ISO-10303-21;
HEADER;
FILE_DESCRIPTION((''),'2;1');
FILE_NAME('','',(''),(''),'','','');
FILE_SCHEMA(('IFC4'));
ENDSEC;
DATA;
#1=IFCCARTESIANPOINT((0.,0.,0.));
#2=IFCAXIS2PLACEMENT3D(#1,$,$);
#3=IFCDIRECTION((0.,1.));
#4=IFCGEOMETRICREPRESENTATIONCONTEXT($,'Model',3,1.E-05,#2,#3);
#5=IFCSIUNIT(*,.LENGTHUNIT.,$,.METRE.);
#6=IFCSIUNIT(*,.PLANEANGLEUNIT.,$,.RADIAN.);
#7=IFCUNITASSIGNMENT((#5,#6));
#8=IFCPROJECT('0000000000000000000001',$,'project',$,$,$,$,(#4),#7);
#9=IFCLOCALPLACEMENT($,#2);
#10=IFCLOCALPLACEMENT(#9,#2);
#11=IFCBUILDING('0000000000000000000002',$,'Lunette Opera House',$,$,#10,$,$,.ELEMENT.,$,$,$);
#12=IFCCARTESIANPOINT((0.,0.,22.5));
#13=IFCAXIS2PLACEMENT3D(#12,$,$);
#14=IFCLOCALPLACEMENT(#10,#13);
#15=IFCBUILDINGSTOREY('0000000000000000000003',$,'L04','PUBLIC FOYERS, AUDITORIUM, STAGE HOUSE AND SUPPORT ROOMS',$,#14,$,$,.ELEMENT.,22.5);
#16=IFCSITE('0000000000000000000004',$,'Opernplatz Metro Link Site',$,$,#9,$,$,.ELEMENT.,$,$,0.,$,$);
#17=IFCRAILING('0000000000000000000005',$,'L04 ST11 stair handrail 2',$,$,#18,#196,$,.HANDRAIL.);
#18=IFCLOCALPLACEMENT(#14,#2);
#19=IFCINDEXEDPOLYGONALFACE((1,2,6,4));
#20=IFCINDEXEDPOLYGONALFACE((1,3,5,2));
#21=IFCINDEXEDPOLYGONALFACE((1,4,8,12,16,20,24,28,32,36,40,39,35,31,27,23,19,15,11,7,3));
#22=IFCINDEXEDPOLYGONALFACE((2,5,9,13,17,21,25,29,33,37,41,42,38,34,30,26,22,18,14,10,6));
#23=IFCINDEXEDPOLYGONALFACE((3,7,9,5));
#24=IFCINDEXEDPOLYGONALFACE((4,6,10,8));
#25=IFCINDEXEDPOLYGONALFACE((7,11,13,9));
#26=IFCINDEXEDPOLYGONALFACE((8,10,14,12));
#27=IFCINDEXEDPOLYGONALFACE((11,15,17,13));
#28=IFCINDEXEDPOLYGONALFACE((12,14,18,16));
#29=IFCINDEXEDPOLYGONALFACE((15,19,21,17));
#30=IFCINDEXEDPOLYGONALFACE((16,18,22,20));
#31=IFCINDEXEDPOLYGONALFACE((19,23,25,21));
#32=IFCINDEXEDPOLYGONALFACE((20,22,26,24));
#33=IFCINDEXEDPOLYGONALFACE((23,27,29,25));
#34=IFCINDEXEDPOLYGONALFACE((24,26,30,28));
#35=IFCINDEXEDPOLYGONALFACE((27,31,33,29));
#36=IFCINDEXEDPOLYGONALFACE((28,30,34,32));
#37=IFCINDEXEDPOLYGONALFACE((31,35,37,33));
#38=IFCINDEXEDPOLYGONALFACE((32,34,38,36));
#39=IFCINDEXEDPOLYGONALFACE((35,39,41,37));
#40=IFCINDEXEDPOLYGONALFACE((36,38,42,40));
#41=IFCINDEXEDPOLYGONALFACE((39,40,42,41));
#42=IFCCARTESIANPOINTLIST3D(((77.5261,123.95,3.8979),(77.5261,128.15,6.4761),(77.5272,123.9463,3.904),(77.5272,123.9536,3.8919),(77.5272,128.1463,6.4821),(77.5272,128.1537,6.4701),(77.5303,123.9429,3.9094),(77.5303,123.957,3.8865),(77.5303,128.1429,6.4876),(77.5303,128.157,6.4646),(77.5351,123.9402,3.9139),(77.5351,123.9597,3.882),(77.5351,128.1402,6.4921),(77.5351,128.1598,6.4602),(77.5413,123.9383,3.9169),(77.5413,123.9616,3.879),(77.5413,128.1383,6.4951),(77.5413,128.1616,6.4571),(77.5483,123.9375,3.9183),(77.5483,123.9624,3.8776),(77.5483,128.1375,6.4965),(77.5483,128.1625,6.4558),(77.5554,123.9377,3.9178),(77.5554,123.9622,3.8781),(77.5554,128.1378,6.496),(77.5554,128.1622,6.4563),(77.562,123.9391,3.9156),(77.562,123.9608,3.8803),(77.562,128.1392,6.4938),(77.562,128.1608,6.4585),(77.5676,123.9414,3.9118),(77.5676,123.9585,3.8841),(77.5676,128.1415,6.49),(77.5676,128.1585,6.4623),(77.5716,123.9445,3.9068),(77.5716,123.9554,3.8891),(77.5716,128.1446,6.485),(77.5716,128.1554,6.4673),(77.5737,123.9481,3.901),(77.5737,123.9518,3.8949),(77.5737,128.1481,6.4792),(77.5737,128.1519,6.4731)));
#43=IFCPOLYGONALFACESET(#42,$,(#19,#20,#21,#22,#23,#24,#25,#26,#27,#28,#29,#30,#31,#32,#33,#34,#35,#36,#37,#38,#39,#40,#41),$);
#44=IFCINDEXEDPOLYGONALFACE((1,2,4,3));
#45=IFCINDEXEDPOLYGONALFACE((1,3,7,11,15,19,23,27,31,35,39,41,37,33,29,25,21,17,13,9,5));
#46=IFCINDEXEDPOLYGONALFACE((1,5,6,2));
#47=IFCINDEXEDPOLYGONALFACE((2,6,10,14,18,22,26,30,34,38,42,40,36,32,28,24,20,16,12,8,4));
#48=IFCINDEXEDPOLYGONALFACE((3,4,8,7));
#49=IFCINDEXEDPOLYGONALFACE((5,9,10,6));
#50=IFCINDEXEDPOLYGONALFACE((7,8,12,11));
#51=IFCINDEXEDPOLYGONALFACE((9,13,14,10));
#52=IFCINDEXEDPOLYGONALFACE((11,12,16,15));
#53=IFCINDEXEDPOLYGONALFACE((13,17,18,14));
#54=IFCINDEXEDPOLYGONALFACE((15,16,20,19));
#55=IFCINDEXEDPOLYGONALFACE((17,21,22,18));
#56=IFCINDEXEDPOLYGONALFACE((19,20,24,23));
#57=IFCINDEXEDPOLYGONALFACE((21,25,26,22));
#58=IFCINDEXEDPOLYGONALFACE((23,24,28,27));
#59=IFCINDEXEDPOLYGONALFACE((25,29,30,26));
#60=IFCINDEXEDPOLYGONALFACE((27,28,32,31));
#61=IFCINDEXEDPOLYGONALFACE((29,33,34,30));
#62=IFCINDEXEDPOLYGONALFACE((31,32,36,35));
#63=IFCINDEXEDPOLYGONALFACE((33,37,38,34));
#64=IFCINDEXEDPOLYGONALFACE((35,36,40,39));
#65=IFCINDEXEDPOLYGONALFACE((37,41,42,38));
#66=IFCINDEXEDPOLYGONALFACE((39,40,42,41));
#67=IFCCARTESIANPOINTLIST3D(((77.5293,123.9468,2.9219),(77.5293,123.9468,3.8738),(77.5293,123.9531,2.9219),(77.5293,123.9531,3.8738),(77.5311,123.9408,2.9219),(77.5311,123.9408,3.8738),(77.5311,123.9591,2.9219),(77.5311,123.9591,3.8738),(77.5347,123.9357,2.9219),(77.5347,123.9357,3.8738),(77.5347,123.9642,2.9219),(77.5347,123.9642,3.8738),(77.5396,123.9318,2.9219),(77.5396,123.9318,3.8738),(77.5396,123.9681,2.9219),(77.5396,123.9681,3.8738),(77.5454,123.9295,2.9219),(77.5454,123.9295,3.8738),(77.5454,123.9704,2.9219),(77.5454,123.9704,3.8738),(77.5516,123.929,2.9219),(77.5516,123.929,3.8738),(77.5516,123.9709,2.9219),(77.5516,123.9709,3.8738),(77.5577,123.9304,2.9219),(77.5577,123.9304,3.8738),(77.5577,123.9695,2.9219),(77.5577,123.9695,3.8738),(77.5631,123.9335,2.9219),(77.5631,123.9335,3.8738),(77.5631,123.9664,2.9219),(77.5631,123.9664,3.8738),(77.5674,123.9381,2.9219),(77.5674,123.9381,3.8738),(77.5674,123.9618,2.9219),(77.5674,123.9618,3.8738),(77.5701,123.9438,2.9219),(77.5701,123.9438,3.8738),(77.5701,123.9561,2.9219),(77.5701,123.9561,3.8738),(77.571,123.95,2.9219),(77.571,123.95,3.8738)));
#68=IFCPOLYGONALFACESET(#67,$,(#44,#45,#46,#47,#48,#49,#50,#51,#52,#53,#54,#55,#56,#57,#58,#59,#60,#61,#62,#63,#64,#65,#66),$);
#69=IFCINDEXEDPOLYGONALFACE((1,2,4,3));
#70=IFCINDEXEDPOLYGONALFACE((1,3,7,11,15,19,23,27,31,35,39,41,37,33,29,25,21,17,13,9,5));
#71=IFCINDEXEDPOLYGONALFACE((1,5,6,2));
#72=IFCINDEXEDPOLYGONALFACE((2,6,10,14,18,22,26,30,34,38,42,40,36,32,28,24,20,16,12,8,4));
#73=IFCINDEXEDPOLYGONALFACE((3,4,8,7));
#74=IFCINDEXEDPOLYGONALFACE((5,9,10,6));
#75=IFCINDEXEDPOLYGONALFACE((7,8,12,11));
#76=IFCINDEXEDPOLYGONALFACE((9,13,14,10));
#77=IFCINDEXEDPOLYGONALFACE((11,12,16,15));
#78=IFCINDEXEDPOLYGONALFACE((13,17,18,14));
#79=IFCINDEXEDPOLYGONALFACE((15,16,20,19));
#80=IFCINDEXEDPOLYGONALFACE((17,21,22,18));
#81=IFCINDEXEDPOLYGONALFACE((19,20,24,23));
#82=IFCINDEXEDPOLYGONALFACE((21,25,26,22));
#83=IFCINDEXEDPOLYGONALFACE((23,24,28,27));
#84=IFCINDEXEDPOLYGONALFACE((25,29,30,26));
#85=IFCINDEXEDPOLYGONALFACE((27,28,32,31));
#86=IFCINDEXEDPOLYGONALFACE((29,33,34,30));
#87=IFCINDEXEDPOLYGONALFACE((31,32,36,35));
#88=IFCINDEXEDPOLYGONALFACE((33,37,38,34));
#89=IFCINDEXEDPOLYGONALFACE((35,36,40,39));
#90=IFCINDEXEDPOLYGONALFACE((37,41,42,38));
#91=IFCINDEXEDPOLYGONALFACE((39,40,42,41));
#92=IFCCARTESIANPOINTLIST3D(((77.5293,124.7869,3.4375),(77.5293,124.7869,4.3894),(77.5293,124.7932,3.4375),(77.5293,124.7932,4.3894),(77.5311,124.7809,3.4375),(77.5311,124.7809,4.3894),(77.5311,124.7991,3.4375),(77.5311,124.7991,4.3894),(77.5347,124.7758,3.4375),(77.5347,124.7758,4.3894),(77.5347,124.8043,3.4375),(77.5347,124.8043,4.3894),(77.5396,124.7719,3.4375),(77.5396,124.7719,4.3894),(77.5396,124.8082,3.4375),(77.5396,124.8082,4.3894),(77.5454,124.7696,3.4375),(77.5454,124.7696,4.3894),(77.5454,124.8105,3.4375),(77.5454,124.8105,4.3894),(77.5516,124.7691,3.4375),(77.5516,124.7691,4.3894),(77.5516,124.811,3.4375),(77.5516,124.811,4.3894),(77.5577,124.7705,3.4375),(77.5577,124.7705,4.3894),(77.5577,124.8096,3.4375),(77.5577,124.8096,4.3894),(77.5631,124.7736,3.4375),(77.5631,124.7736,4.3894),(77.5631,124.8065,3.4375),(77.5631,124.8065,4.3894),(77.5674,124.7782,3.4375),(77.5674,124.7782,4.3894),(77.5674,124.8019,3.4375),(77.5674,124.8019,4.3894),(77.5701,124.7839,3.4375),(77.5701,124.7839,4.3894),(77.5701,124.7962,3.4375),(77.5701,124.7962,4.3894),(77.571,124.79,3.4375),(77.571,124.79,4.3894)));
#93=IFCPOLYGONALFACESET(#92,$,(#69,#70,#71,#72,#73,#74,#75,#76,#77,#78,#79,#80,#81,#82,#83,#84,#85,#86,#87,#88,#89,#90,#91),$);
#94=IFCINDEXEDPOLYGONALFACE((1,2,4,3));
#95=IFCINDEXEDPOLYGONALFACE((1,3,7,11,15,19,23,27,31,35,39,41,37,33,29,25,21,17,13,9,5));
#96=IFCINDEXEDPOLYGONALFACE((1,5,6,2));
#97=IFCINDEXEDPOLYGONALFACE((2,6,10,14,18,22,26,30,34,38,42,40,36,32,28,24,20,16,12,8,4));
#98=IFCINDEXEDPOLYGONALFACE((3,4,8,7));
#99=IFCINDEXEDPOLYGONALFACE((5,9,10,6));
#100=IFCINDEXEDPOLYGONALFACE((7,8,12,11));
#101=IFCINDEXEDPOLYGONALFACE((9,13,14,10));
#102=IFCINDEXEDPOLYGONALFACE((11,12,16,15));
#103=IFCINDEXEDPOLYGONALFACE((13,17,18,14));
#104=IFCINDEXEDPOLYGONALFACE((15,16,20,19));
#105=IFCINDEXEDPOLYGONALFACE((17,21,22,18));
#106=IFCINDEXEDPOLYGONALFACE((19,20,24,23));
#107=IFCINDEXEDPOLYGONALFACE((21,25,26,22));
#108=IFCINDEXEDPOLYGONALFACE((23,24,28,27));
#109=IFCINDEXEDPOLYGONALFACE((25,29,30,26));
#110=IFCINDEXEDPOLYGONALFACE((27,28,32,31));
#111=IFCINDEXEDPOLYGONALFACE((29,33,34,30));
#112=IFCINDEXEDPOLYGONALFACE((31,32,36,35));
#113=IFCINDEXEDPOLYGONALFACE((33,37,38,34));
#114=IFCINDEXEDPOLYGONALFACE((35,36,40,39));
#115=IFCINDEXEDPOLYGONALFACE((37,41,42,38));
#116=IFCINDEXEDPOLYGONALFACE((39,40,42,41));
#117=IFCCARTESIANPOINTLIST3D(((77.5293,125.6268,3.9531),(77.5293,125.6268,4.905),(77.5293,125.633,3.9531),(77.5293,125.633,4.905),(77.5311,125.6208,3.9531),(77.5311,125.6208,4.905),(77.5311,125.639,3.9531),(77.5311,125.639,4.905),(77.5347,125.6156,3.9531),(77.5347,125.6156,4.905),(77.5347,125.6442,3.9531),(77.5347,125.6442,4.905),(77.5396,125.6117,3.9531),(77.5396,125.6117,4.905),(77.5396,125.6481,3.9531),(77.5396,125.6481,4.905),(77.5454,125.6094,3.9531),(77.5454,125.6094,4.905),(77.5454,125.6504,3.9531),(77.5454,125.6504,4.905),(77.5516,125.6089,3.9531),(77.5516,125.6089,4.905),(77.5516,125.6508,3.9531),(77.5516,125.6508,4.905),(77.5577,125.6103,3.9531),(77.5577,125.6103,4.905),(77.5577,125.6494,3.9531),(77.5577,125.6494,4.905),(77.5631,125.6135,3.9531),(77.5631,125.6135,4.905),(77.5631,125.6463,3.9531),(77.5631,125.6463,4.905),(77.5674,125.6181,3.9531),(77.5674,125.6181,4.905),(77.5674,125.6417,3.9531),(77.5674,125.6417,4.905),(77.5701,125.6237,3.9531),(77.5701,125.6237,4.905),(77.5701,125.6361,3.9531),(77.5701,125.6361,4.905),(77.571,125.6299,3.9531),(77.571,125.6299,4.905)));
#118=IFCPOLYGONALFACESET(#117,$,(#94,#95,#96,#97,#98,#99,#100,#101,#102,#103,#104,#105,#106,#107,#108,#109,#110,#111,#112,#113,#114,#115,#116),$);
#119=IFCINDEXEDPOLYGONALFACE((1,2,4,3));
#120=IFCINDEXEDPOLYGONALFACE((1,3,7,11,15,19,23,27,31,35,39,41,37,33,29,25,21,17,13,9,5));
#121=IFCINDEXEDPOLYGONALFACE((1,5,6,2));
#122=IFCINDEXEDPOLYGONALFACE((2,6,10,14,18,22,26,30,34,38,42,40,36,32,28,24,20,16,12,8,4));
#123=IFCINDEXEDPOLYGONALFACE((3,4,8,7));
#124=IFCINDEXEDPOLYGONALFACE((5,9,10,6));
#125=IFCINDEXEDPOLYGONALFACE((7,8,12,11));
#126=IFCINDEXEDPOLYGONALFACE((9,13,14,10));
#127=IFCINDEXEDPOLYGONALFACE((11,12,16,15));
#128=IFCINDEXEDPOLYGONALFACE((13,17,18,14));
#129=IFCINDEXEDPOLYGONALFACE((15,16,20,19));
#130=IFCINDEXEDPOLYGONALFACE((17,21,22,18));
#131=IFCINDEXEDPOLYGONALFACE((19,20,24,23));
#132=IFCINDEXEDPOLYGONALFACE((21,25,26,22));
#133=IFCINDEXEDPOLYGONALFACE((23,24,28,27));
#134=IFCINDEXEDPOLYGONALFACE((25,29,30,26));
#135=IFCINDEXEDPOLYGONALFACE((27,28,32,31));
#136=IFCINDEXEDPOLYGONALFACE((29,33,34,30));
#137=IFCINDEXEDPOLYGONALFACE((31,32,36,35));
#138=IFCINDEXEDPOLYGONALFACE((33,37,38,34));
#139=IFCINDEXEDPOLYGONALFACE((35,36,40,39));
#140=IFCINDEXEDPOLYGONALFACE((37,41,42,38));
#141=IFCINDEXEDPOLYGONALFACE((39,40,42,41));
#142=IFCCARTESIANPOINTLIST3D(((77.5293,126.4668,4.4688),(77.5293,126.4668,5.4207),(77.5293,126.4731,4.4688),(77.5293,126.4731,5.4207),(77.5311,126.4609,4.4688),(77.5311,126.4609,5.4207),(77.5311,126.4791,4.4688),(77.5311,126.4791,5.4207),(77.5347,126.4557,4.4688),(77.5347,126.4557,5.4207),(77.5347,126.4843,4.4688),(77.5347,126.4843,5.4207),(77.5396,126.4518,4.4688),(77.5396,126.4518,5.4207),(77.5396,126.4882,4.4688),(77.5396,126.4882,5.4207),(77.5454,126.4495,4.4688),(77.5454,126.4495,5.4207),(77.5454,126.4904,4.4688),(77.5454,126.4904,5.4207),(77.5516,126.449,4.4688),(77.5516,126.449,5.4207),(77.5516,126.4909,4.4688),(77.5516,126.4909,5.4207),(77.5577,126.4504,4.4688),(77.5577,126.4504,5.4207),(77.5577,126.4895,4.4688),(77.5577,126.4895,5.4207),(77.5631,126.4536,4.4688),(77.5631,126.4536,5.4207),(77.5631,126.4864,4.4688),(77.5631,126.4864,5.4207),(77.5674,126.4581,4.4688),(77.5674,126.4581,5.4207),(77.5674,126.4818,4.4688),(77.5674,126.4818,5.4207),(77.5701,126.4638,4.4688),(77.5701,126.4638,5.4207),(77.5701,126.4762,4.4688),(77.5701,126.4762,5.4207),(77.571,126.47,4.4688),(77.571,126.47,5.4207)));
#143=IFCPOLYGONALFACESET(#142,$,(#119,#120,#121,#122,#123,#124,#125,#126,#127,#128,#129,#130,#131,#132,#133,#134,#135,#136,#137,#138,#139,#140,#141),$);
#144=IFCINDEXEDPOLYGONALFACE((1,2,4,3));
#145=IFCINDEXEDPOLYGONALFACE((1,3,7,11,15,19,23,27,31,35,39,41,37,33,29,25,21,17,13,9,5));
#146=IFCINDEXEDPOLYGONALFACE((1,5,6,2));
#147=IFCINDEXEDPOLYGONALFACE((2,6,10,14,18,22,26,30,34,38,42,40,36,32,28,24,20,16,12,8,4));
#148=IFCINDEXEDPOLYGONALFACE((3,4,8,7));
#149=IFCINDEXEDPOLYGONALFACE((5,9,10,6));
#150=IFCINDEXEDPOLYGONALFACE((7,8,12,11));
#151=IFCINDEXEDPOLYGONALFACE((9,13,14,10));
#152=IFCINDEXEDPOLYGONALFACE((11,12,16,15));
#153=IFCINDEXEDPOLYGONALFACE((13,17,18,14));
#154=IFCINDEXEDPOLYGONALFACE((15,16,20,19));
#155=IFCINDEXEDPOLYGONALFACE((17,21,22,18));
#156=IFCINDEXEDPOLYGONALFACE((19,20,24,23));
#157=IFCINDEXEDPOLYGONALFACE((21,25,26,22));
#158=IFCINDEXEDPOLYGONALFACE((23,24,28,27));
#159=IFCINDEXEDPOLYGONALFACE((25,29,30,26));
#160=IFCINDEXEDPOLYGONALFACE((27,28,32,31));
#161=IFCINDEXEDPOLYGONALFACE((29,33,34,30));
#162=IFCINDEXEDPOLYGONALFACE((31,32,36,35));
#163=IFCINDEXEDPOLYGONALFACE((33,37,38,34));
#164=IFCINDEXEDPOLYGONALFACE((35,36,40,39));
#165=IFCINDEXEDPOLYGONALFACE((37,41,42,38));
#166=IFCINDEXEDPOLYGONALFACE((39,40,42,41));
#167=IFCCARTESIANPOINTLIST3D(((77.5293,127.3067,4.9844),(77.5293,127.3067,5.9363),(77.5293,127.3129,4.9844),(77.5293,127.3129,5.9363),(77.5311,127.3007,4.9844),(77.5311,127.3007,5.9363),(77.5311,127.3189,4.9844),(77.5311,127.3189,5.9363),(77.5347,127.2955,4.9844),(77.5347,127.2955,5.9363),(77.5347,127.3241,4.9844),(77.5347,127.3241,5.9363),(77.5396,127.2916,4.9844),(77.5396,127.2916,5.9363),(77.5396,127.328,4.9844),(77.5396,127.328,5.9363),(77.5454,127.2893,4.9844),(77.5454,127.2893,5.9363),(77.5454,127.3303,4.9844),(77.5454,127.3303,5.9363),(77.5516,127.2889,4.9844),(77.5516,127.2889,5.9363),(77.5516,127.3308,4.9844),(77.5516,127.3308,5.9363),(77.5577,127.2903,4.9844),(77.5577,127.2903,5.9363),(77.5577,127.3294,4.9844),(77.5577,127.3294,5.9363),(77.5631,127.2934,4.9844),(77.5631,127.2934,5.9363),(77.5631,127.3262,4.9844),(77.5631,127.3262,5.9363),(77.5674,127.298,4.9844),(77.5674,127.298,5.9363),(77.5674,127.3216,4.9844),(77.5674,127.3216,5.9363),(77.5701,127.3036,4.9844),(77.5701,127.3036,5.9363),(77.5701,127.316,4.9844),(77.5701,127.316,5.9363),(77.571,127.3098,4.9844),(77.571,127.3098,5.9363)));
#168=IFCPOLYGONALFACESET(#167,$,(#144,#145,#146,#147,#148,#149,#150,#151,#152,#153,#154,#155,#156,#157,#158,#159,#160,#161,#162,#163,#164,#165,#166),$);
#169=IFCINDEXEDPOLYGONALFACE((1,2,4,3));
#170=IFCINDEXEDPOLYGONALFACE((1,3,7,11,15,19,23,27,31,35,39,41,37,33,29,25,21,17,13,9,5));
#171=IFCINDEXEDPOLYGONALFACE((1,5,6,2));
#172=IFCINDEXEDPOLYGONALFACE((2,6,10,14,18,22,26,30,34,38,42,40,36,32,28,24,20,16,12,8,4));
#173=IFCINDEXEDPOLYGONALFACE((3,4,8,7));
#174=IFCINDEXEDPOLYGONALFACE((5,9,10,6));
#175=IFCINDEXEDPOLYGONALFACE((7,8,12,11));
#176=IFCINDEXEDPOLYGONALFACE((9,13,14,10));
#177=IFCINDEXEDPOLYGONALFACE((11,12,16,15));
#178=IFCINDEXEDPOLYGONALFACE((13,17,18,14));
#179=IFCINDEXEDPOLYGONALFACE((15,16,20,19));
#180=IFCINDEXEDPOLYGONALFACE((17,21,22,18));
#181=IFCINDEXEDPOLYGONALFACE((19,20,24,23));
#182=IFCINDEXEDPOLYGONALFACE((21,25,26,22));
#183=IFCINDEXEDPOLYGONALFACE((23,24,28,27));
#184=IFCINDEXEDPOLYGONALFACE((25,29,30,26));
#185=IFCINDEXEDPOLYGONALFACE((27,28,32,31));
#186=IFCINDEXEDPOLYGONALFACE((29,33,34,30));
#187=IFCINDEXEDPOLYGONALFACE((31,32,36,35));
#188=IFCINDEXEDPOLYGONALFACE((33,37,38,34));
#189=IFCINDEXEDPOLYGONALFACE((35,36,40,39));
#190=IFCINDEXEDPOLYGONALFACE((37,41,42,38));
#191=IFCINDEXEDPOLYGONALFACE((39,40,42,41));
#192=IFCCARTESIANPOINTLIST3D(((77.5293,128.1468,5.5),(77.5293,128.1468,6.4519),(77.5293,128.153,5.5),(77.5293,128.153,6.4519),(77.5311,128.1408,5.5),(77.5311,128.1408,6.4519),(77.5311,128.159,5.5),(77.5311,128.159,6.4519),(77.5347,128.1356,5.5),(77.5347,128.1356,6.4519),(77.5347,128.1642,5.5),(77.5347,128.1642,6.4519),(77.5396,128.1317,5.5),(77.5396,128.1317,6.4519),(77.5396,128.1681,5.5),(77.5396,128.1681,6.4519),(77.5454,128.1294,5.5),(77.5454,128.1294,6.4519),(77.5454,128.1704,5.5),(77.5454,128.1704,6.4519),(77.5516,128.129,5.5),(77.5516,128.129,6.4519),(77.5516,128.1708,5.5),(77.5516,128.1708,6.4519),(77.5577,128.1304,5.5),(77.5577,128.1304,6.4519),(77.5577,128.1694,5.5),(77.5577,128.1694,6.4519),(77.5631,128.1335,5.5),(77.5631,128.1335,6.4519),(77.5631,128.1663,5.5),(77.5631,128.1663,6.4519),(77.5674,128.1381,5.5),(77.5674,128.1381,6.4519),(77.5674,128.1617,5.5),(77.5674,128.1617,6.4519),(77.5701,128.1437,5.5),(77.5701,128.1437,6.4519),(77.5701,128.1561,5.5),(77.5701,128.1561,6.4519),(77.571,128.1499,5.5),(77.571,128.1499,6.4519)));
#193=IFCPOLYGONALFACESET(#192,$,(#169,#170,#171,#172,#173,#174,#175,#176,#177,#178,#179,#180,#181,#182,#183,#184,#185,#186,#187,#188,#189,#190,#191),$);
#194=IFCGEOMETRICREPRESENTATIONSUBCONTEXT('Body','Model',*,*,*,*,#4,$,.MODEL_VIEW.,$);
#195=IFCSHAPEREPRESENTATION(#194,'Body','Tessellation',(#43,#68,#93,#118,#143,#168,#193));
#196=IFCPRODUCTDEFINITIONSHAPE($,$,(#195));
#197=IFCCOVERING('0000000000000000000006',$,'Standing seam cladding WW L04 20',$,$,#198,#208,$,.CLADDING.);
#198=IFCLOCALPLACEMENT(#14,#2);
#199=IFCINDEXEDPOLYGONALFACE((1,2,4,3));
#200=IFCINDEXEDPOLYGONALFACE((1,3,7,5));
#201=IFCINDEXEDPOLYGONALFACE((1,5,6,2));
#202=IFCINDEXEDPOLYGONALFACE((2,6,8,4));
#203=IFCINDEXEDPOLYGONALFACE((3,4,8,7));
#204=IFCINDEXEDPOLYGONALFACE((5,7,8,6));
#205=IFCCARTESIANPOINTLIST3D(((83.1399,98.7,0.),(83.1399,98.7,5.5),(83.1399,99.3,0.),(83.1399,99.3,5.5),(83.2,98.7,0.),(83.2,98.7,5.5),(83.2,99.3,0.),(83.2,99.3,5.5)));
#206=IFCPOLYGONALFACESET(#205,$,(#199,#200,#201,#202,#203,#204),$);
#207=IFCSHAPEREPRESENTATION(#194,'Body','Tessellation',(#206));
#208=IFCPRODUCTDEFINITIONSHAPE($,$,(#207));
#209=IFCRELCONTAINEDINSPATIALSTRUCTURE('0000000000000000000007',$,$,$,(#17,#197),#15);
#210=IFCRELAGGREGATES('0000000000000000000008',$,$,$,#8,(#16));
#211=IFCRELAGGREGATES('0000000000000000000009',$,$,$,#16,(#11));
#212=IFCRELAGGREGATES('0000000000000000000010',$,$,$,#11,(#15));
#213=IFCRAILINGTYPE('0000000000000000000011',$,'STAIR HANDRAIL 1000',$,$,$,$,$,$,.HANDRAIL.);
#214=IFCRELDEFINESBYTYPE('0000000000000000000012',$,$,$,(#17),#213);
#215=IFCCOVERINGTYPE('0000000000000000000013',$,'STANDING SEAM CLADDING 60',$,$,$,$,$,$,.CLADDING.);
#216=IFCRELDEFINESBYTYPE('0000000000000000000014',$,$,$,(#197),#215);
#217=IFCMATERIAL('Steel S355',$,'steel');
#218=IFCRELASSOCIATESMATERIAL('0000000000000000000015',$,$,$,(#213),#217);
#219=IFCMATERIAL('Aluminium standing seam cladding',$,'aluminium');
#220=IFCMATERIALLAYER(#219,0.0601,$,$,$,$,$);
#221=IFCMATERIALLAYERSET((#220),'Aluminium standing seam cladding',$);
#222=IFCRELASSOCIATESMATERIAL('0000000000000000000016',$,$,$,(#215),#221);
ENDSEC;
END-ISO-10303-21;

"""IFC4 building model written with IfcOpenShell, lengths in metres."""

from ifc_helpers import new_model, si_unit, direction, frame, origin, origin_2d, place, context, subcontext, project, spatial, rectangle, circle, extrude, material, layer, layer_set, type_object, element, save


model = new_model("IFC4")

# Units and contexts
model_context = context("Model", 3, precision=1e-05, world=origin(), true_north=direction((0.0, 1.0)))
body_context = subcontext(model_context, "Body", "Model", "MODEL_VIEW")
ifc_project = project(units=[si_unit("LENGTHUNIT", "METRE"), si_unit("PLANEANGLEUNIT", "RADIAN")], contexts=[model_context])

# Site, building, storey
site_placement = place(None, origin())
site = spatial("IfcSite", under=ifc_project, at=site_placement, Name="Opernplatz Metro Link Site", CompositionType="ELEMENT", RefElevation=0.0)
building_placement = place(site_placement, origin())
building = spatial("IfcBuilding", under=site, at=building_placement, Name="Lunette Opera House", CompositionType="ELEMENT")
storey_placement = place(building_placement, frame((0.0, 0.0, 22.5)))
storey = spatial("IfcBuildingStorey", under=building, at=storey_placement, Name="L04", Description="PUBLIC FOYERS, AUDITORIUM, STAGE HOUSE AND SUPPORT ROOMS", CompositionType="ELEMENT", Elevation=22.5)

# Railing
ifc_material_1 = material(Name="Steel S355", Category="steel")
railing_type_1 = type_object("IfcRailingType", Name="STAIR HANDRAIL 1000", PredefinedType="HANDRAIL", material=ifc_material_1)
railing_1_placement = place(storey_placement, frame((77.55, 123.95, 2.9219)))
element("IfcRailing", 1, at=railing_1_placement, inside=storey, type_object=railing_type_1, Name="L04 ST11 stair handrail 2", PredefinedType="HANDRAIL", context=body_context, shape_type="SweptSolid", body=[
    extrude(circle(Radius=0.0239, at=origin_2d()), frame((0.0, 0.0, 0.9761), z_axis=(0.0, 0.852243, 0.523146), x_axis=(-1.0, 0.0, 0.0)), (0.0, 0.0, 1.0), 4.9282),
    extrude(circle(Radius=0.021, at=origin_2d()), origin(), (0.0, 0.0, 1.0), 0.9519),
    extrude(circle(Radius=0.021, at=origin_2d()), frame((0.0, 0.8401, 0.5156)), (0.0, 0.0, 1.0), 0.9519),
    extrude(circle(Radius=0.021, at=origin_2d()), frame((0.0, 1.6799, 1.0312)), (0.0, 0.0, 1.0), 0.9519),
    extrude(circle(Radius=0.021, at=origin_2d()), frame((0.0, 2.52, 1.5469)), (0.0, 0.0, 1.0), 0.9519),
    extrude(circle(Radius=0.021, at=origin_2d()), frame((0.0, 3.3599, 2.0625)), (0.0, 0.0, 1.0), 0.9519),
    extrude(circle(Radius=0.021, at=origin_2d()), frame((0.0, 4.2, 2.5781)), (0.0, 0.0, 1.0), 0.9519),
])

# Covering
ifc_material_2 = material(Name="Aluminium standing seam cladding", Category="aluminium")
ifc_layer_1 = layer(ifc_material_2, 0.0601)
ifc_layer_set_1 = layer_set([ifc_layer_1], Name="Aluminium standing seam cladding")
covering_type_1 = type_object("IfcCoveringType", Name="STANDING SEAM CLADDING 60", PredefinedType="CLADDING", material=ifc_layer_set_1)
covering_1_placement = place(storey_placement, frame((83.1699, 99.0, 0.0), z_axis=(0.0, 0.0, 1.0), x_axis=(0.0, 1.0, 0.0)))
element("IfcCovering", 2, at=covering_1_placement, inside=storey, type_object=covering_type_1, Name="Standing seam cladding WW L04 20", PredefinedType="CLADDING", context=body_context, shape_type="SweptSolid", body=[
    extrude(rectangle(XDim=0.6001, YDim=0.0601, at=origin_2d()), origin(), (0.0, 0.0, 1.0), 5.5),
])

save(model, "model.ifc")
